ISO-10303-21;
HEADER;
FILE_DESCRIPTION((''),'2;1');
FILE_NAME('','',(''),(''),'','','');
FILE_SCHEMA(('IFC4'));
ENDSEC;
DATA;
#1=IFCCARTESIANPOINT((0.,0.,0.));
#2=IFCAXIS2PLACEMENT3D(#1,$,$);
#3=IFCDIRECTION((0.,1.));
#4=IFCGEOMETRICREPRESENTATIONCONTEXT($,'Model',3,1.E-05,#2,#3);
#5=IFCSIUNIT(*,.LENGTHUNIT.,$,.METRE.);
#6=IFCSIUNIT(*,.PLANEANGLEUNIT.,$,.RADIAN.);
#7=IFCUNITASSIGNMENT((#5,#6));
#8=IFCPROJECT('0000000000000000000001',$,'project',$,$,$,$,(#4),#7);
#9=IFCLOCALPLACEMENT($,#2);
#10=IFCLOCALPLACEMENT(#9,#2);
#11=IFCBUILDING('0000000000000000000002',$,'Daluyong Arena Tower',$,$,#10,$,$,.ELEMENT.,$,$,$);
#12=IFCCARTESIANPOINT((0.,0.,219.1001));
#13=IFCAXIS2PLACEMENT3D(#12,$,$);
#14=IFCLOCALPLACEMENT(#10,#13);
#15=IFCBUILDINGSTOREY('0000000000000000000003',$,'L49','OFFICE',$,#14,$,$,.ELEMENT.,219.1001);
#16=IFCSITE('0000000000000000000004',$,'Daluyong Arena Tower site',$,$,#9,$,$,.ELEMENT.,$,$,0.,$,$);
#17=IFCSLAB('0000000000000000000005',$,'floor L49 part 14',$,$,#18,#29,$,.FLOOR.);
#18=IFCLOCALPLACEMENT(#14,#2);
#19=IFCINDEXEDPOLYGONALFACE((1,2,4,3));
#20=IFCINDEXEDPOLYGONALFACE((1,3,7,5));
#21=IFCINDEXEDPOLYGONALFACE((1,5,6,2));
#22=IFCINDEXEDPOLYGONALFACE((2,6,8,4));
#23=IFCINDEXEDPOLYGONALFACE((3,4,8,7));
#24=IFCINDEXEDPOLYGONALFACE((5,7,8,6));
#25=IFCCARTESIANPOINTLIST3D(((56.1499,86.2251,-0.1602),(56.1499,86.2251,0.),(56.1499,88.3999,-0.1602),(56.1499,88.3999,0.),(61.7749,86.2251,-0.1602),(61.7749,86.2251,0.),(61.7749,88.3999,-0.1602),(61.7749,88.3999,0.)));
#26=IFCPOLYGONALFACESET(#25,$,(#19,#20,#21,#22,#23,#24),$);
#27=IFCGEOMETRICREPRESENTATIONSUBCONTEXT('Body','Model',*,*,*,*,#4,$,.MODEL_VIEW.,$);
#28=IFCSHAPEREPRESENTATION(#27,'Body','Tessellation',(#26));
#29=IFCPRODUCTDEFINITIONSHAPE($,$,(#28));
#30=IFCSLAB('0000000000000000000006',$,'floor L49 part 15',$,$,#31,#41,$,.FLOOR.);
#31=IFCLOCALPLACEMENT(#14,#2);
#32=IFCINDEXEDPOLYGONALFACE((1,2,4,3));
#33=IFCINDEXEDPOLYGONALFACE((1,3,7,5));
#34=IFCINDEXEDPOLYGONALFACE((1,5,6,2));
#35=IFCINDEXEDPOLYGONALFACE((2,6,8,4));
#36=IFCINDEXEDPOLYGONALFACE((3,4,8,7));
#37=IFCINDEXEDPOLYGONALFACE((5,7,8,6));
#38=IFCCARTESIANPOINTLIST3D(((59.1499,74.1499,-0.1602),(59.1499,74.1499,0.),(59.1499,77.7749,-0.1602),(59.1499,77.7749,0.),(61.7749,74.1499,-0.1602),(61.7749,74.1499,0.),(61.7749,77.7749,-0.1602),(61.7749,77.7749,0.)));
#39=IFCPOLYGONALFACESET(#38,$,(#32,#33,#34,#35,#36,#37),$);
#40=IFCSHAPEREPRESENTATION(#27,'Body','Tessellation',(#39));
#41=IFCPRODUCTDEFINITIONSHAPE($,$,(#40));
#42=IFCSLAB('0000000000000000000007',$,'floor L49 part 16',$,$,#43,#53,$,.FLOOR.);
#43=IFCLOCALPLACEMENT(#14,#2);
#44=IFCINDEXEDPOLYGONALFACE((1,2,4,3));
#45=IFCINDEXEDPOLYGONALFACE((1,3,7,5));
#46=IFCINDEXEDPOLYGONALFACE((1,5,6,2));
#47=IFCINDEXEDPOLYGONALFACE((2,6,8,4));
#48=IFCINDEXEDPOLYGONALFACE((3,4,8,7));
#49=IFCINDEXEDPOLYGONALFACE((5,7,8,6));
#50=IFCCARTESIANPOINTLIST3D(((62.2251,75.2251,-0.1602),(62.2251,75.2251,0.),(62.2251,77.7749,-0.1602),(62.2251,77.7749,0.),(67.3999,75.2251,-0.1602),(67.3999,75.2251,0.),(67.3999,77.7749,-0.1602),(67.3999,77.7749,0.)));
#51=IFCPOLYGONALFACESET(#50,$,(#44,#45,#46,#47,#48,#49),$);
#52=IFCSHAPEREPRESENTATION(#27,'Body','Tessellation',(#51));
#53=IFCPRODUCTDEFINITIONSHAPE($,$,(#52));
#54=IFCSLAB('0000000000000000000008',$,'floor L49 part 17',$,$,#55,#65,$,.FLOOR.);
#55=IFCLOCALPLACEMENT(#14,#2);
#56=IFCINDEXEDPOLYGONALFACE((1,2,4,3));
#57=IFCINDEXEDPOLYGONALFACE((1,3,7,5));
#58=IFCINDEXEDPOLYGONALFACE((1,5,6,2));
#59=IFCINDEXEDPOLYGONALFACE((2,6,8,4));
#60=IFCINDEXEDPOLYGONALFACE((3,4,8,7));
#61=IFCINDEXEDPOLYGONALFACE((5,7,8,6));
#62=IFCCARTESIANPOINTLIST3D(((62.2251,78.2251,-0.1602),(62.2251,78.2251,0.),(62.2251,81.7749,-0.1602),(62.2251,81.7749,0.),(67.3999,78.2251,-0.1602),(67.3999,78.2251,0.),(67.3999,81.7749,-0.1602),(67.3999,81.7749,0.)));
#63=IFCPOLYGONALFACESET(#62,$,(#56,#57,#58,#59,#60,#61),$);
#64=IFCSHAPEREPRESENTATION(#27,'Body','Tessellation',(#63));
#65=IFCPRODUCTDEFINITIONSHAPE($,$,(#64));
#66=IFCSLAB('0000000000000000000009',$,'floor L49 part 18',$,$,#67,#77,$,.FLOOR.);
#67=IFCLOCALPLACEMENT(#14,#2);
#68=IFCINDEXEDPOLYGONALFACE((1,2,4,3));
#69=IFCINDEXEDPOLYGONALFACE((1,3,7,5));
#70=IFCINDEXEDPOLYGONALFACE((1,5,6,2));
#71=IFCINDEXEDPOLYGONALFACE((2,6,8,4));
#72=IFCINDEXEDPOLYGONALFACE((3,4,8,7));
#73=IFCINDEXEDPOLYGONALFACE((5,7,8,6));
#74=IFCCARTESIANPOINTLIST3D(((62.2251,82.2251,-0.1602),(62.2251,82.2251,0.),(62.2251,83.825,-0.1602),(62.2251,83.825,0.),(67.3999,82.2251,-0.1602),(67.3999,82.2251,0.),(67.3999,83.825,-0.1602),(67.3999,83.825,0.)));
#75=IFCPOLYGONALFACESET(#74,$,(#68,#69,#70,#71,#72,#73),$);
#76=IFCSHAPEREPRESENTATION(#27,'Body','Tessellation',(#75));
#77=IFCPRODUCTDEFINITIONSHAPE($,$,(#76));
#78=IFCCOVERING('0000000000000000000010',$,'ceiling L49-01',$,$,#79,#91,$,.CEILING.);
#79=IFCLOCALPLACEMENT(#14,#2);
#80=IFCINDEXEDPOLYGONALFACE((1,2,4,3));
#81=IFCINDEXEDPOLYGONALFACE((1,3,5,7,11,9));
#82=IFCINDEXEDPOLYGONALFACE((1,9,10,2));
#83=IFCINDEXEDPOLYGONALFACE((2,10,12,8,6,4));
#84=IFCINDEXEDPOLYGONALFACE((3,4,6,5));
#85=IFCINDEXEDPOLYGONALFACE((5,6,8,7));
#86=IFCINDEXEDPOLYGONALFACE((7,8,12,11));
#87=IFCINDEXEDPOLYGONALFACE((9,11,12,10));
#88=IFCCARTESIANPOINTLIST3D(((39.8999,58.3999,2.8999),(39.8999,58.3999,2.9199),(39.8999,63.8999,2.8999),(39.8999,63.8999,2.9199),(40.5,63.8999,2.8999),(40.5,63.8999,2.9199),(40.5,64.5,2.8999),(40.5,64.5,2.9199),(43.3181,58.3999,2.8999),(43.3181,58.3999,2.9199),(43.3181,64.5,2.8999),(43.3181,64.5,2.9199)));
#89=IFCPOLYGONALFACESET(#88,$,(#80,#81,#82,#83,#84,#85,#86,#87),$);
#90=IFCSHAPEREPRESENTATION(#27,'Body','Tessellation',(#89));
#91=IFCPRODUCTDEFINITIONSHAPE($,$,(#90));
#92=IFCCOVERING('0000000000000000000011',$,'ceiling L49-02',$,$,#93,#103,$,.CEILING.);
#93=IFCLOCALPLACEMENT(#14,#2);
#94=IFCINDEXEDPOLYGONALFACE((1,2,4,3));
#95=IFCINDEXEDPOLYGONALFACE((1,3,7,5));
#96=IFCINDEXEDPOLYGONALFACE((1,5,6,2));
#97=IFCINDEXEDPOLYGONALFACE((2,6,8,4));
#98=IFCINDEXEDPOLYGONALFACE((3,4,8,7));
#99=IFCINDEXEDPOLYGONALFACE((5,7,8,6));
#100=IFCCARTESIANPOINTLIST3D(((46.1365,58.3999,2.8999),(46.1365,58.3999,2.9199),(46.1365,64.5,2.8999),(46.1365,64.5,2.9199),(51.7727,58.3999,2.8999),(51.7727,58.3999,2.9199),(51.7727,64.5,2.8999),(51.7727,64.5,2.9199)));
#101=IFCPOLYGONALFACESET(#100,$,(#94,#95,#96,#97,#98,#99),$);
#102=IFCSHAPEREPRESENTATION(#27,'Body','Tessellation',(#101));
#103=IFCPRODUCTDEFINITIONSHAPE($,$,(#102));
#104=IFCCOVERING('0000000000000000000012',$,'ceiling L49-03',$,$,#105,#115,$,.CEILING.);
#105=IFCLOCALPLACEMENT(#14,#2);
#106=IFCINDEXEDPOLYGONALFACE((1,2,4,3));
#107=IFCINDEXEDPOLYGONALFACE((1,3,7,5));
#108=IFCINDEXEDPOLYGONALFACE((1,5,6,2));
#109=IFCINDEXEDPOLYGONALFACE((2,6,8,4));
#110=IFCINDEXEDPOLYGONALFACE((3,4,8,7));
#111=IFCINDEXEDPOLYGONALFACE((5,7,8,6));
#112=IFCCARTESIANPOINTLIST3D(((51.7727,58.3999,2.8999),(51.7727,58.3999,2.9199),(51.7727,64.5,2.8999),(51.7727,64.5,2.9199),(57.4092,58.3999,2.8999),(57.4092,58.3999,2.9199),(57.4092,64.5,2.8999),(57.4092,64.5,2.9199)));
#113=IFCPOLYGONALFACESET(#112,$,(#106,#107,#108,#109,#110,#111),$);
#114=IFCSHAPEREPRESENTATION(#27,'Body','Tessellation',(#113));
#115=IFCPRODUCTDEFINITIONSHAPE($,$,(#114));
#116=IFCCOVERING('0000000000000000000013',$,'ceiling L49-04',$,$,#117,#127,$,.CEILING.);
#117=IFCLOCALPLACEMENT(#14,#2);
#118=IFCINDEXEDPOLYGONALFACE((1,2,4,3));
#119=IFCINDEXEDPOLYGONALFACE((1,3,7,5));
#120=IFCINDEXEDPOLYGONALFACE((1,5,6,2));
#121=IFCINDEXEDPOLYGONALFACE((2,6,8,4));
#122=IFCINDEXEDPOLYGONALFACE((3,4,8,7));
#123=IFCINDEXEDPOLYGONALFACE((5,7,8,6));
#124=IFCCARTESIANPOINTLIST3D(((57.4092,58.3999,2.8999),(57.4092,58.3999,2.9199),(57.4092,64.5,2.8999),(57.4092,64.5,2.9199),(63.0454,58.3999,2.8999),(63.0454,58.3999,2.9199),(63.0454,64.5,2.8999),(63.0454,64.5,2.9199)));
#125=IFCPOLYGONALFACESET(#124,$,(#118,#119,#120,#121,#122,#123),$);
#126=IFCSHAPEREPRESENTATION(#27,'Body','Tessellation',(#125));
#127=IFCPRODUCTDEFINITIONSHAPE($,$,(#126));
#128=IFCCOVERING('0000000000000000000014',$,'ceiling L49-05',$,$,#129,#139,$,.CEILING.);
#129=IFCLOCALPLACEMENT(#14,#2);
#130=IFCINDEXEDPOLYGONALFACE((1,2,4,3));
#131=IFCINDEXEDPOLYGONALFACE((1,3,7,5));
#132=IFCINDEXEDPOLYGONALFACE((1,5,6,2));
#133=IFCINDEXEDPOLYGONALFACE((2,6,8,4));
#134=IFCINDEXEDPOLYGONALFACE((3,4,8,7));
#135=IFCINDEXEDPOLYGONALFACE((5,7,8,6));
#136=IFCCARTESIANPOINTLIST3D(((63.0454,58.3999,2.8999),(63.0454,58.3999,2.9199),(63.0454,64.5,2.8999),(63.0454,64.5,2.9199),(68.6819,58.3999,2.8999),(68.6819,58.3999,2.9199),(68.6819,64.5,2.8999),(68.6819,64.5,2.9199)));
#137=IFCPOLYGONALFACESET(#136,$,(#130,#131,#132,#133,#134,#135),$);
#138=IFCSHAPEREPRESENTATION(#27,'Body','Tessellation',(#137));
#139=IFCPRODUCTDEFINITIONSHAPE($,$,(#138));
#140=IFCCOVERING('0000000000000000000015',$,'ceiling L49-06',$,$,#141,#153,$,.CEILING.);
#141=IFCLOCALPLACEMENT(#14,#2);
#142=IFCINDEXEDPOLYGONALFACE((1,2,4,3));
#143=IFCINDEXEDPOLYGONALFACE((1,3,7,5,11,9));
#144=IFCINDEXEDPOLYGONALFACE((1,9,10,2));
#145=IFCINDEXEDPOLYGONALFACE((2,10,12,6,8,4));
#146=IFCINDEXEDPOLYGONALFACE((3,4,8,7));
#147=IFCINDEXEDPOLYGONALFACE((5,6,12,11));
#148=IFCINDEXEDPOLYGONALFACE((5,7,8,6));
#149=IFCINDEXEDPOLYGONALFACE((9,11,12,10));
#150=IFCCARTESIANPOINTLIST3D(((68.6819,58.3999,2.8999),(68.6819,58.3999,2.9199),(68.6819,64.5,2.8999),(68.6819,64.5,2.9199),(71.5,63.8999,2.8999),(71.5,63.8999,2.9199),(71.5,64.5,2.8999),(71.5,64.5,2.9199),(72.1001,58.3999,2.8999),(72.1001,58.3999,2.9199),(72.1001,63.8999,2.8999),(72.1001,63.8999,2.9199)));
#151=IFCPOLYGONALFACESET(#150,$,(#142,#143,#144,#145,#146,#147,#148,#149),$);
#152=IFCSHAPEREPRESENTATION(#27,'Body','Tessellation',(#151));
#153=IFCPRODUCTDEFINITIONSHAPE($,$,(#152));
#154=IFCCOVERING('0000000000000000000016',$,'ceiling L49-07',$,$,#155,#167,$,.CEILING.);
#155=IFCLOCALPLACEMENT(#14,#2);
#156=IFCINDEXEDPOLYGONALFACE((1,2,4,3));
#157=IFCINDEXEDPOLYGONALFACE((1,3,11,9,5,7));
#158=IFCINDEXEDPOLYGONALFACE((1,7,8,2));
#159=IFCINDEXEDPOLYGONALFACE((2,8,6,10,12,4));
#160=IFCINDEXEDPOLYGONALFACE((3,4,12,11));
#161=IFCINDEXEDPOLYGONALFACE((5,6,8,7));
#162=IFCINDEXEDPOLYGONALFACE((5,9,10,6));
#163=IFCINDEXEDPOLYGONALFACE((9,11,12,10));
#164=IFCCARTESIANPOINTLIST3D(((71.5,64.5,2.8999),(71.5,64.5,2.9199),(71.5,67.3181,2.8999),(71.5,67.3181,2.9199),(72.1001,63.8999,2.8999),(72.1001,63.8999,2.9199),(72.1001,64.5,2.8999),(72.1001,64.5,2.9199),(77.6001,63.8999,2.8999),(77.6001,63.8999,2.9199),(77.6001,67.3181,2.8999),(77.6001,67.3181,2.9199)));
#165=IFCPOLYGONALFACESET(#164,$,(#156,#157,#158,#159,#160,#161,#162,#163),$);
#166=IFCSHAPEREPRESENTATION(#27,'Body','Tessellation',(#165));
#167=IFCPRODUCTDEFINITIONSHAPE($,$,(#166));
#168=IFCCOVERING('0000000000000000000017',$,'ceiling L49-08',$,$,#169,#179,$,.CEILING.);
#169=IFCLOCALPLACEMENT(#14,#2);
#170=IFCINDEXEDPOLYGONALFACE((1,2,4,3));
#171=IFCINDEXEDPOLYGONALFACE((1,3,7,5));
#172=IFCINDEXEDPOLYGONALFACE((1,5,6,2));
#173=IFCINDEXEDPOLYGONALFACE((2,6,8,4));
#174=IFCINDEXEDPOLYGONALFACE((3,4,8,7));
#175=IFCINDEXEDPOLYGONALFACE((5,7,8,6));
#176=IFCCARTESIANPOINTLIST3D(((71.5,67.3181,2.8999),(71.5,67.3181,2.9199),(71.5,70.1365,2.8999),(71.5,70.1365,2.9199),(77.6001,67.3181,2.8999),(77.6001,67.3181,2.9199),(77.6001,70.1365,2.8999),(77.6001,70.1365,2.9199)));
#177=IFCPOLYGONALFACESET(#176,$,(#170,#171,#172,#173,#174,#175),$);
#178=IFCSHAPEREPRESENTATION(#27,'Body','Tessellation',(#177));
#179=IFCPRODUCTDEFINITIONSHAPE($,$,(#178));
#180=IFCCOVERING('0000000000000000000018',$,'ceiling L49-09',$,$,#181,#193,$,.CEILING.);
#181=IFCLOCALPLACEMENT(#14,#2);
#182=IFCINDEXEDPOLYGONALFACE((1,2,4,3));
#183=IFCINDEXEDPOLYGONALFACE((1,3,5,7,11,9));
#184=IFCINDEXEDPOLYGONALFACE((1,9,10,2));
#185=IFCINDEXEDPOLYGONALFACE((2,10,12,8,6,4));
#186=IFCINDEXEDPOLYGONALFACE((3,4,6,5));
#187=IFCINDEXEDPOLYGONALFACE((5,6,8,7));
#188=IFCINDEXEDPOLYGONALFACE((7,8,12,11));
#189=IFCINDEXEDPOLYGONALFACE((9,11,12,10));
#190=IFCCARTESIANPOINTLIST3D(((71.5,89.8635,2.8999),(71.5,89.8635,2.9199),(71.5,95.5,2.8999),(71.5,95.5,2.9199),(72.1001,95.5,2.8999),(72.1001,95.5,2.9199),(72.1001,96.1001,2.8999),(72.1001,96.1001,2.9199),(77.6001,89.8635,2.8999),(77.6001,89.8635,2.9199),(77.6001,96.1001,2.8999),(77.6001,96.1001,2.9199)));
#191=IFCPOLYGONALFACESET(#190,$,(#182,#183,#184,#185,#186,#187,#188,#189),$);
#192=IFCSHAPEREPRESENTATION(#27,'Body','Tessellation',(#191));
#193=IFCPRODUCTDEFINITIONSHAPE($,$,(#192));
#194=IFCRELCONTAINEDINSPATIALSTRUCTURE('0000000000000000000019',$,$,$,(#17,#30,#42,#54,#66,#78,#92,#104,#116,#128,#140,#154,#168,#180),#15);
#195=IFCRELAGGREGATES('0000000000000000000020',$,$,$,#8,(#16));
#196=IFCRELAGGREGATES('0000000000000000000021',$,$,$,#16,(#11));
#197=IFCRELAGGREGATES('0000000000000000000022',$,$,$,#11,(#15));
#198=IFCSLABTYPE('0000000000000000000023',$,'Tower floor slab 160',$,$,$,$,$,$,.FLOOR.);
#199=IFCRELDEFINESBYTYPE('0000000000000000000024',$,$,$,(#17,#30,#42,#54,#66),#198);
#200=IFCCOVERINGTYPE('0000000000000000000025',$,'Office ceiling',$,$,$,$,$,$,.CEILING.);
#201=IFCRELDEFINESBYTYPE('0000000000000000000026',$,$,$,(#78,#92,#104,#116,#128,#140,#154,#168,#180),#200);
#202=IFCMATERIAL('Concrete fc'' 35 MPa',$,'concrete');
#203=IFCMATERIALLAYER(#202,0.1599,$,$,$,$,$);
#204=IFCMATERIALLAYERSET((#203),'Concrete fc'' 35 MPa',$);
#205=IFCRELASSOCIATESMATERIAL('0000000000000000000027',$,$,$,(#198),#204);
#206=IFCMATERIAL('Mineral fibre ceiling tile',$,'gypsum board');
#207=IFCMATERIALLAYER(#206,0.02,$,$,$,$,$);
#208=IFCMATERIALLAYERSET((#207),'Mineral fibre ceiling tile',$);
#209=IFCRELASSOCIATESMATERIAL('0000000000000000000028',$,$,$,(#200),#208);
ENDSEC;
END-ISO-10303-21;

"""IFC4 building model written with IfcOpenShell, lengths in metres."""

from ifc_helpers import new_model, si_unit, direction, frame, origin, place, context, subcontext, project, spatial, polyline, outline, extrude, material, layer, layer_set, type_object, element, save


model = new_model("IFC4")

# Units and contexts
model_context = context("Model", 3, precision=1e-05, world=origin(), true_north=direction((0.0, 1.0)))
body_context = subcontext(model_context, "Body", "Model", "MODEL_VIEW")
ifc_project = project(units=[si_unit("LENGTHUNIT", "METRE"), si_unit("PLANEANGLEUNIT", "RADIAN")], contexts=[model_context])

# Site, building, storey
site_placement = place(None, origin())
site = spatial("IfcSite", under=ifc_project, at=site_placement, Name="Daluyong Arena Tower site", CompositionType="ELEMENT", RefElevation=0.0)
building_placement = place(site_placement, origin())
building = spatial("IfcBuilding", under=site, at=building_placement, Name="Daluyong Arena Tower", CompositionType="ELEMENT")
storey_placement = place(building_placement, frame((0.0, 0.0, 219.1001)))
storey = spatial("IfcBuildingStorey", under=building, at=storey_placement, Name="L49", Description="OFFICE", CompositionType="ELEMENT", Elevation=219.1001)

# Slabs
ifc_material_1 = material(Name="Concrete fc' 35 MPa", Category="concrete")
ifc_layer_1 = layer(ifc_material_1, 0.1599)
ifc_layer_set_1 = layer_set([ifc_layer_1], Name="Concrete fc' 35 MPa")
slab_type = type_object("IfcSlabType", Name="Tower floor slab 160", PredefinedType="FLOOR", material=ifc_layer_set_1)
slab_1_placement = place(storey_placement, frame((0.0, 0.0, -0.1602)))
element("IfcSlab", 1, at=slab_1_placement, inside=storey, type_object=slab_type, Name="floor L49 part 14", PredefinedType="FLOOR", context=body_context, shape_type="SweptSolid", body=[
    extrude(outline(polyline([(56.1499, 88.3999), (56.1499, 86.2251), (61.7749, 86.2251), (61.7749, 88.3999), (56.1499, 88.3999)])), origin(), (0.0, 0.0, 1.0), 0.1602),
])
slab_2_placement = place(storey_placement, frame((0.0, 0.0, -0.1602)))
element("IfcSlab", 2, at=slab_2_placement, inside=storey, type_object=slab_type, Name="floor L49 part 15", PredefinedType="FLOOR", context=body_context, shape_type="SweptSolid", body=[
    extrude(outline(polyline([(61.7749, 77.7749), (59.1499, 77.7749), (59.1499, 74.1499), (61.7749, 74.1499), (61.7749, 77.7749)])), origin(), (0.0, 0.0, 1.0), 0.1602),
])
slab_3_placement = place(storey_placement, frame((0.0, 0.0, -0.1602)))
element("IfcSlab", 3, at=slab_3_placement, inside=storey, type_object=slab_type, Name="floor L49 part 16", PredefinedType="FLOOR", context=body_context, shape_type="SweptSolid", body=[
    extrude(outline(polyline([(67.3999, 75.2251), (67.3999, 77.7749), (62.2251, 77.7749), (62.2251, 75.2251), (67.3999, 75.2251)])), origin(), (0.0, 0.0, 1.0), 0.1602),
])
slab_4_placement = place(storey_placement, frame((0.0, 0.0, -0.1602)))
element("IfcSlab", 4, at=slab_4_placement, inside=storey, type_object=slab_type, Name="floor L49 part 17", PredefinedType="FLOOR", context=body_context, shape_type="SweptSolid", body=[
    extrude(outline(polyline([(67.3999, 78.2251), (67.3999, 81.7749), (62.2251, 81.7749), (62.2251, 78.2251), (67.3999, 78.2251)])), origin(), (0.0, 0.0, 1.0), 0.1602),
])
slab_5_placement = place(storey_placement, frame((0.0, 0.0, -0.1602)))
element("IfcSlab", 5, at=slab_5_placement, inside=storey, type_object=slab_type, Name="floor L49 part 18", PredefinedType="FLOOR", context=body_context, shape_type="SweptSolid", body=[
    extrude(outline(polyline([(67.3999, 83.825), (62.2251, 83.825), (62.2251, 82.2251), (67.3999, 82.2251), (67.3999, 83.825)])), origin(), (0.0, 0.0, 1.0), 0.1602),
])

# Coverings
ifc_material_2 = material(Name="Mineral fibre ceiling tile", Category="gypsum board")
ifc_layer_2 = layer(ifc_material_2, 0.02)
ifc_layer_set_2 = layer_set([ifc_layer_2], Name="Mineral fibre ceiling tile")
covering_type = type_object("IfcCoveringType", Name="Office ceiling", PredefinedType="CEILING", material=ifc_layer_set_2)
covering_1_placement = place(storey_placement, frame((0.0, 0.0, 2.8999)))
element("IfcCovering", 6, at=covering_1_placement, inside=storey, type_object=covering_type, Name="ceiling L49-01", PredefinedType="CEILING", context=body_context, shape_type="SweptSolid", body=[
    extrude(outline(polyline([(39.8999, 63.8999), (39.8999, 58.3999), (43.3181, 58.3999), (43.3181, 64.5), (40.5, 64.5), (40.5, 63.8999), (39.8999, 63.8999)])), origin(), (0.0, 0.0, 1.0), 0.02),
])
covering_2_placement = place(storey_placement, frame((0.0, 0.0, 2.8999)))
element("IfcCovering", 7, at=covering_2_placement, inside=storey, type_object=covering_type, Name="ceiling L49-02", PredefinedType="CEILING", context=body_context, shape_type="SweptSolid", body=[
    extrude(outline(polyline([(46.1365, 64.5), (46.1365, 58.3999), (51.7727, 58.3999), (51.7727, 64.5), (46.1365, 64.5)])), origin(), (0.0, 0.0, 1.0), 0.02),
])
covering_3_placement = place(storey_placement, frame((0.0, 0.0, 2.8999)))
element("IfcCovering", 8, at=covering_3_placement, inside=storey, type_object=covering_type, Name="ceiling L49-03", PredefinedType="CEILING", context=body_context, shape_type="SweptSolid", body=[
    extrude(outline(polyline([(51.7727, 64.5), (51.7727, 58.3999), (57.4092, 58.3999), (57.4092, 64.5), (51.7727, 64.5)])), origin(), (0.0, 0.0, 1.0), 0.02),
])
covering_4_placement = place(storey_placement, frame((0.0, 0.0, 2.8999)))
element("IfcCovering", 9, at=covering_4_placement, inside=storey, type_object=covering_type, Name="ceiling L49-04", PredefinedType="CEILING", context=body_context, shape_type="SweptSolid", body=[
    extrude(outline(polyline([(57.4092, 64.5), (57.4092, 58.3999), (63.0454, 58.3999), (63.0454, 64.5), (57.4092, 64.5)])), origin(), (0.0, 0.0, 1.0), 0.02),
])
covering_5_placement = place(storey_placement, frame((0.0, 0.0, 2.8999)))
element("IfcCovering", 10, at=covering_5_placement, inside=storey, type_object=covering_type, Name="ceiling L49-05", PredefinedType="CEILING", context=body_context, shape_type="SweptSolid", body=[
    extrude(outline(polyline([(63.0454, 64.5), (63.0454, 58.3999), (68.6819, 58.3999), (68.6819, 64.5), (63.0454, 64.5)])), origin(), (0.0, 0.0, 1.0), 0.02),
])
covering_6_placement = place(storey_placement, frame((0.0, 0.0, 2.8999)))
element("IfcCovering", 11, at=covering_6_placement, inside=storey, type_object=covering_type, Name="ceiling L49-06", PredefinedType="CEILING", context=body_context, shape_type="SweptSolid", body=[
    extrude(outline(polyline([(72.1001, 58.3999), (72.1001, 63.8999), (71.5, 63.8999), (71.5, 64.5), (68.6819, 64.5), (68.6819, 58.3999), (72.1001, 58.3999)])), origin(), (0.0, 0.0, 1.0), 0.02),
])
covering_7_placement = place(storey_placement, frame((0.0, 0.0, 2.8999)))
element("IfcCovering", 12, at=covering_7_placement, inside=storey, type_object=covering_type, Name="ceiling L49-07", PredefinedType="CEILING", context=body_context, shape_type="SweptSolid", body=[
    extrude(outline(polyline([(72.1001, 63.8999), (77.6001, 63.8999), (77.6001, 67.3181), (71.5, 67.3181), (71.5, 64.5), (72.1001, 64.5), (72.1001, 63.8999)])), origin(), (0.0, 0.0, 1.0), 0.02),
])
covering_8_placement = place(storey_placement, frame((0.0, 0.0, 2.8999)))
element("IfcCovering", 13, at=covering_8_placement, inside=storey, type_object=covering_type, Name="ceiling L49-08", PredefinedType="CEILING", context=body_context, shape_type="SweptSolid", body=[
    extrude(outline(polyline([(71.5, 67.3181), (77.6001, 67.3181), (77.6001, 70.1365), (71.5, 70.1365), (71.5, 67.3181)])), origin(), (0.0, 0.0, 1.0), 0.02),
])
covering_9_placement = place(storey_placement, frame((0.0, 0.0, 2.8999)))
element("IfcCovering", 14, at=covering_9_placement, inside=storey, type_object=covering_type, Name="ceiling L49-09", PredefinedType="CEILING", context=body_context, shape_type="SweptSolid", body=[
    extrude(outline(polyline([(71.5, 89.8635), (77.6001, 89.8635), (77.6001, 96.1001), (72.1001, 96.1001), (72.1001, 95.5), (71.5, 95.5), (71.5, 89.8635)])), origin(), (0.0, 0.0, 1.0), 0.02),
])

save(model, "model.ifc")
